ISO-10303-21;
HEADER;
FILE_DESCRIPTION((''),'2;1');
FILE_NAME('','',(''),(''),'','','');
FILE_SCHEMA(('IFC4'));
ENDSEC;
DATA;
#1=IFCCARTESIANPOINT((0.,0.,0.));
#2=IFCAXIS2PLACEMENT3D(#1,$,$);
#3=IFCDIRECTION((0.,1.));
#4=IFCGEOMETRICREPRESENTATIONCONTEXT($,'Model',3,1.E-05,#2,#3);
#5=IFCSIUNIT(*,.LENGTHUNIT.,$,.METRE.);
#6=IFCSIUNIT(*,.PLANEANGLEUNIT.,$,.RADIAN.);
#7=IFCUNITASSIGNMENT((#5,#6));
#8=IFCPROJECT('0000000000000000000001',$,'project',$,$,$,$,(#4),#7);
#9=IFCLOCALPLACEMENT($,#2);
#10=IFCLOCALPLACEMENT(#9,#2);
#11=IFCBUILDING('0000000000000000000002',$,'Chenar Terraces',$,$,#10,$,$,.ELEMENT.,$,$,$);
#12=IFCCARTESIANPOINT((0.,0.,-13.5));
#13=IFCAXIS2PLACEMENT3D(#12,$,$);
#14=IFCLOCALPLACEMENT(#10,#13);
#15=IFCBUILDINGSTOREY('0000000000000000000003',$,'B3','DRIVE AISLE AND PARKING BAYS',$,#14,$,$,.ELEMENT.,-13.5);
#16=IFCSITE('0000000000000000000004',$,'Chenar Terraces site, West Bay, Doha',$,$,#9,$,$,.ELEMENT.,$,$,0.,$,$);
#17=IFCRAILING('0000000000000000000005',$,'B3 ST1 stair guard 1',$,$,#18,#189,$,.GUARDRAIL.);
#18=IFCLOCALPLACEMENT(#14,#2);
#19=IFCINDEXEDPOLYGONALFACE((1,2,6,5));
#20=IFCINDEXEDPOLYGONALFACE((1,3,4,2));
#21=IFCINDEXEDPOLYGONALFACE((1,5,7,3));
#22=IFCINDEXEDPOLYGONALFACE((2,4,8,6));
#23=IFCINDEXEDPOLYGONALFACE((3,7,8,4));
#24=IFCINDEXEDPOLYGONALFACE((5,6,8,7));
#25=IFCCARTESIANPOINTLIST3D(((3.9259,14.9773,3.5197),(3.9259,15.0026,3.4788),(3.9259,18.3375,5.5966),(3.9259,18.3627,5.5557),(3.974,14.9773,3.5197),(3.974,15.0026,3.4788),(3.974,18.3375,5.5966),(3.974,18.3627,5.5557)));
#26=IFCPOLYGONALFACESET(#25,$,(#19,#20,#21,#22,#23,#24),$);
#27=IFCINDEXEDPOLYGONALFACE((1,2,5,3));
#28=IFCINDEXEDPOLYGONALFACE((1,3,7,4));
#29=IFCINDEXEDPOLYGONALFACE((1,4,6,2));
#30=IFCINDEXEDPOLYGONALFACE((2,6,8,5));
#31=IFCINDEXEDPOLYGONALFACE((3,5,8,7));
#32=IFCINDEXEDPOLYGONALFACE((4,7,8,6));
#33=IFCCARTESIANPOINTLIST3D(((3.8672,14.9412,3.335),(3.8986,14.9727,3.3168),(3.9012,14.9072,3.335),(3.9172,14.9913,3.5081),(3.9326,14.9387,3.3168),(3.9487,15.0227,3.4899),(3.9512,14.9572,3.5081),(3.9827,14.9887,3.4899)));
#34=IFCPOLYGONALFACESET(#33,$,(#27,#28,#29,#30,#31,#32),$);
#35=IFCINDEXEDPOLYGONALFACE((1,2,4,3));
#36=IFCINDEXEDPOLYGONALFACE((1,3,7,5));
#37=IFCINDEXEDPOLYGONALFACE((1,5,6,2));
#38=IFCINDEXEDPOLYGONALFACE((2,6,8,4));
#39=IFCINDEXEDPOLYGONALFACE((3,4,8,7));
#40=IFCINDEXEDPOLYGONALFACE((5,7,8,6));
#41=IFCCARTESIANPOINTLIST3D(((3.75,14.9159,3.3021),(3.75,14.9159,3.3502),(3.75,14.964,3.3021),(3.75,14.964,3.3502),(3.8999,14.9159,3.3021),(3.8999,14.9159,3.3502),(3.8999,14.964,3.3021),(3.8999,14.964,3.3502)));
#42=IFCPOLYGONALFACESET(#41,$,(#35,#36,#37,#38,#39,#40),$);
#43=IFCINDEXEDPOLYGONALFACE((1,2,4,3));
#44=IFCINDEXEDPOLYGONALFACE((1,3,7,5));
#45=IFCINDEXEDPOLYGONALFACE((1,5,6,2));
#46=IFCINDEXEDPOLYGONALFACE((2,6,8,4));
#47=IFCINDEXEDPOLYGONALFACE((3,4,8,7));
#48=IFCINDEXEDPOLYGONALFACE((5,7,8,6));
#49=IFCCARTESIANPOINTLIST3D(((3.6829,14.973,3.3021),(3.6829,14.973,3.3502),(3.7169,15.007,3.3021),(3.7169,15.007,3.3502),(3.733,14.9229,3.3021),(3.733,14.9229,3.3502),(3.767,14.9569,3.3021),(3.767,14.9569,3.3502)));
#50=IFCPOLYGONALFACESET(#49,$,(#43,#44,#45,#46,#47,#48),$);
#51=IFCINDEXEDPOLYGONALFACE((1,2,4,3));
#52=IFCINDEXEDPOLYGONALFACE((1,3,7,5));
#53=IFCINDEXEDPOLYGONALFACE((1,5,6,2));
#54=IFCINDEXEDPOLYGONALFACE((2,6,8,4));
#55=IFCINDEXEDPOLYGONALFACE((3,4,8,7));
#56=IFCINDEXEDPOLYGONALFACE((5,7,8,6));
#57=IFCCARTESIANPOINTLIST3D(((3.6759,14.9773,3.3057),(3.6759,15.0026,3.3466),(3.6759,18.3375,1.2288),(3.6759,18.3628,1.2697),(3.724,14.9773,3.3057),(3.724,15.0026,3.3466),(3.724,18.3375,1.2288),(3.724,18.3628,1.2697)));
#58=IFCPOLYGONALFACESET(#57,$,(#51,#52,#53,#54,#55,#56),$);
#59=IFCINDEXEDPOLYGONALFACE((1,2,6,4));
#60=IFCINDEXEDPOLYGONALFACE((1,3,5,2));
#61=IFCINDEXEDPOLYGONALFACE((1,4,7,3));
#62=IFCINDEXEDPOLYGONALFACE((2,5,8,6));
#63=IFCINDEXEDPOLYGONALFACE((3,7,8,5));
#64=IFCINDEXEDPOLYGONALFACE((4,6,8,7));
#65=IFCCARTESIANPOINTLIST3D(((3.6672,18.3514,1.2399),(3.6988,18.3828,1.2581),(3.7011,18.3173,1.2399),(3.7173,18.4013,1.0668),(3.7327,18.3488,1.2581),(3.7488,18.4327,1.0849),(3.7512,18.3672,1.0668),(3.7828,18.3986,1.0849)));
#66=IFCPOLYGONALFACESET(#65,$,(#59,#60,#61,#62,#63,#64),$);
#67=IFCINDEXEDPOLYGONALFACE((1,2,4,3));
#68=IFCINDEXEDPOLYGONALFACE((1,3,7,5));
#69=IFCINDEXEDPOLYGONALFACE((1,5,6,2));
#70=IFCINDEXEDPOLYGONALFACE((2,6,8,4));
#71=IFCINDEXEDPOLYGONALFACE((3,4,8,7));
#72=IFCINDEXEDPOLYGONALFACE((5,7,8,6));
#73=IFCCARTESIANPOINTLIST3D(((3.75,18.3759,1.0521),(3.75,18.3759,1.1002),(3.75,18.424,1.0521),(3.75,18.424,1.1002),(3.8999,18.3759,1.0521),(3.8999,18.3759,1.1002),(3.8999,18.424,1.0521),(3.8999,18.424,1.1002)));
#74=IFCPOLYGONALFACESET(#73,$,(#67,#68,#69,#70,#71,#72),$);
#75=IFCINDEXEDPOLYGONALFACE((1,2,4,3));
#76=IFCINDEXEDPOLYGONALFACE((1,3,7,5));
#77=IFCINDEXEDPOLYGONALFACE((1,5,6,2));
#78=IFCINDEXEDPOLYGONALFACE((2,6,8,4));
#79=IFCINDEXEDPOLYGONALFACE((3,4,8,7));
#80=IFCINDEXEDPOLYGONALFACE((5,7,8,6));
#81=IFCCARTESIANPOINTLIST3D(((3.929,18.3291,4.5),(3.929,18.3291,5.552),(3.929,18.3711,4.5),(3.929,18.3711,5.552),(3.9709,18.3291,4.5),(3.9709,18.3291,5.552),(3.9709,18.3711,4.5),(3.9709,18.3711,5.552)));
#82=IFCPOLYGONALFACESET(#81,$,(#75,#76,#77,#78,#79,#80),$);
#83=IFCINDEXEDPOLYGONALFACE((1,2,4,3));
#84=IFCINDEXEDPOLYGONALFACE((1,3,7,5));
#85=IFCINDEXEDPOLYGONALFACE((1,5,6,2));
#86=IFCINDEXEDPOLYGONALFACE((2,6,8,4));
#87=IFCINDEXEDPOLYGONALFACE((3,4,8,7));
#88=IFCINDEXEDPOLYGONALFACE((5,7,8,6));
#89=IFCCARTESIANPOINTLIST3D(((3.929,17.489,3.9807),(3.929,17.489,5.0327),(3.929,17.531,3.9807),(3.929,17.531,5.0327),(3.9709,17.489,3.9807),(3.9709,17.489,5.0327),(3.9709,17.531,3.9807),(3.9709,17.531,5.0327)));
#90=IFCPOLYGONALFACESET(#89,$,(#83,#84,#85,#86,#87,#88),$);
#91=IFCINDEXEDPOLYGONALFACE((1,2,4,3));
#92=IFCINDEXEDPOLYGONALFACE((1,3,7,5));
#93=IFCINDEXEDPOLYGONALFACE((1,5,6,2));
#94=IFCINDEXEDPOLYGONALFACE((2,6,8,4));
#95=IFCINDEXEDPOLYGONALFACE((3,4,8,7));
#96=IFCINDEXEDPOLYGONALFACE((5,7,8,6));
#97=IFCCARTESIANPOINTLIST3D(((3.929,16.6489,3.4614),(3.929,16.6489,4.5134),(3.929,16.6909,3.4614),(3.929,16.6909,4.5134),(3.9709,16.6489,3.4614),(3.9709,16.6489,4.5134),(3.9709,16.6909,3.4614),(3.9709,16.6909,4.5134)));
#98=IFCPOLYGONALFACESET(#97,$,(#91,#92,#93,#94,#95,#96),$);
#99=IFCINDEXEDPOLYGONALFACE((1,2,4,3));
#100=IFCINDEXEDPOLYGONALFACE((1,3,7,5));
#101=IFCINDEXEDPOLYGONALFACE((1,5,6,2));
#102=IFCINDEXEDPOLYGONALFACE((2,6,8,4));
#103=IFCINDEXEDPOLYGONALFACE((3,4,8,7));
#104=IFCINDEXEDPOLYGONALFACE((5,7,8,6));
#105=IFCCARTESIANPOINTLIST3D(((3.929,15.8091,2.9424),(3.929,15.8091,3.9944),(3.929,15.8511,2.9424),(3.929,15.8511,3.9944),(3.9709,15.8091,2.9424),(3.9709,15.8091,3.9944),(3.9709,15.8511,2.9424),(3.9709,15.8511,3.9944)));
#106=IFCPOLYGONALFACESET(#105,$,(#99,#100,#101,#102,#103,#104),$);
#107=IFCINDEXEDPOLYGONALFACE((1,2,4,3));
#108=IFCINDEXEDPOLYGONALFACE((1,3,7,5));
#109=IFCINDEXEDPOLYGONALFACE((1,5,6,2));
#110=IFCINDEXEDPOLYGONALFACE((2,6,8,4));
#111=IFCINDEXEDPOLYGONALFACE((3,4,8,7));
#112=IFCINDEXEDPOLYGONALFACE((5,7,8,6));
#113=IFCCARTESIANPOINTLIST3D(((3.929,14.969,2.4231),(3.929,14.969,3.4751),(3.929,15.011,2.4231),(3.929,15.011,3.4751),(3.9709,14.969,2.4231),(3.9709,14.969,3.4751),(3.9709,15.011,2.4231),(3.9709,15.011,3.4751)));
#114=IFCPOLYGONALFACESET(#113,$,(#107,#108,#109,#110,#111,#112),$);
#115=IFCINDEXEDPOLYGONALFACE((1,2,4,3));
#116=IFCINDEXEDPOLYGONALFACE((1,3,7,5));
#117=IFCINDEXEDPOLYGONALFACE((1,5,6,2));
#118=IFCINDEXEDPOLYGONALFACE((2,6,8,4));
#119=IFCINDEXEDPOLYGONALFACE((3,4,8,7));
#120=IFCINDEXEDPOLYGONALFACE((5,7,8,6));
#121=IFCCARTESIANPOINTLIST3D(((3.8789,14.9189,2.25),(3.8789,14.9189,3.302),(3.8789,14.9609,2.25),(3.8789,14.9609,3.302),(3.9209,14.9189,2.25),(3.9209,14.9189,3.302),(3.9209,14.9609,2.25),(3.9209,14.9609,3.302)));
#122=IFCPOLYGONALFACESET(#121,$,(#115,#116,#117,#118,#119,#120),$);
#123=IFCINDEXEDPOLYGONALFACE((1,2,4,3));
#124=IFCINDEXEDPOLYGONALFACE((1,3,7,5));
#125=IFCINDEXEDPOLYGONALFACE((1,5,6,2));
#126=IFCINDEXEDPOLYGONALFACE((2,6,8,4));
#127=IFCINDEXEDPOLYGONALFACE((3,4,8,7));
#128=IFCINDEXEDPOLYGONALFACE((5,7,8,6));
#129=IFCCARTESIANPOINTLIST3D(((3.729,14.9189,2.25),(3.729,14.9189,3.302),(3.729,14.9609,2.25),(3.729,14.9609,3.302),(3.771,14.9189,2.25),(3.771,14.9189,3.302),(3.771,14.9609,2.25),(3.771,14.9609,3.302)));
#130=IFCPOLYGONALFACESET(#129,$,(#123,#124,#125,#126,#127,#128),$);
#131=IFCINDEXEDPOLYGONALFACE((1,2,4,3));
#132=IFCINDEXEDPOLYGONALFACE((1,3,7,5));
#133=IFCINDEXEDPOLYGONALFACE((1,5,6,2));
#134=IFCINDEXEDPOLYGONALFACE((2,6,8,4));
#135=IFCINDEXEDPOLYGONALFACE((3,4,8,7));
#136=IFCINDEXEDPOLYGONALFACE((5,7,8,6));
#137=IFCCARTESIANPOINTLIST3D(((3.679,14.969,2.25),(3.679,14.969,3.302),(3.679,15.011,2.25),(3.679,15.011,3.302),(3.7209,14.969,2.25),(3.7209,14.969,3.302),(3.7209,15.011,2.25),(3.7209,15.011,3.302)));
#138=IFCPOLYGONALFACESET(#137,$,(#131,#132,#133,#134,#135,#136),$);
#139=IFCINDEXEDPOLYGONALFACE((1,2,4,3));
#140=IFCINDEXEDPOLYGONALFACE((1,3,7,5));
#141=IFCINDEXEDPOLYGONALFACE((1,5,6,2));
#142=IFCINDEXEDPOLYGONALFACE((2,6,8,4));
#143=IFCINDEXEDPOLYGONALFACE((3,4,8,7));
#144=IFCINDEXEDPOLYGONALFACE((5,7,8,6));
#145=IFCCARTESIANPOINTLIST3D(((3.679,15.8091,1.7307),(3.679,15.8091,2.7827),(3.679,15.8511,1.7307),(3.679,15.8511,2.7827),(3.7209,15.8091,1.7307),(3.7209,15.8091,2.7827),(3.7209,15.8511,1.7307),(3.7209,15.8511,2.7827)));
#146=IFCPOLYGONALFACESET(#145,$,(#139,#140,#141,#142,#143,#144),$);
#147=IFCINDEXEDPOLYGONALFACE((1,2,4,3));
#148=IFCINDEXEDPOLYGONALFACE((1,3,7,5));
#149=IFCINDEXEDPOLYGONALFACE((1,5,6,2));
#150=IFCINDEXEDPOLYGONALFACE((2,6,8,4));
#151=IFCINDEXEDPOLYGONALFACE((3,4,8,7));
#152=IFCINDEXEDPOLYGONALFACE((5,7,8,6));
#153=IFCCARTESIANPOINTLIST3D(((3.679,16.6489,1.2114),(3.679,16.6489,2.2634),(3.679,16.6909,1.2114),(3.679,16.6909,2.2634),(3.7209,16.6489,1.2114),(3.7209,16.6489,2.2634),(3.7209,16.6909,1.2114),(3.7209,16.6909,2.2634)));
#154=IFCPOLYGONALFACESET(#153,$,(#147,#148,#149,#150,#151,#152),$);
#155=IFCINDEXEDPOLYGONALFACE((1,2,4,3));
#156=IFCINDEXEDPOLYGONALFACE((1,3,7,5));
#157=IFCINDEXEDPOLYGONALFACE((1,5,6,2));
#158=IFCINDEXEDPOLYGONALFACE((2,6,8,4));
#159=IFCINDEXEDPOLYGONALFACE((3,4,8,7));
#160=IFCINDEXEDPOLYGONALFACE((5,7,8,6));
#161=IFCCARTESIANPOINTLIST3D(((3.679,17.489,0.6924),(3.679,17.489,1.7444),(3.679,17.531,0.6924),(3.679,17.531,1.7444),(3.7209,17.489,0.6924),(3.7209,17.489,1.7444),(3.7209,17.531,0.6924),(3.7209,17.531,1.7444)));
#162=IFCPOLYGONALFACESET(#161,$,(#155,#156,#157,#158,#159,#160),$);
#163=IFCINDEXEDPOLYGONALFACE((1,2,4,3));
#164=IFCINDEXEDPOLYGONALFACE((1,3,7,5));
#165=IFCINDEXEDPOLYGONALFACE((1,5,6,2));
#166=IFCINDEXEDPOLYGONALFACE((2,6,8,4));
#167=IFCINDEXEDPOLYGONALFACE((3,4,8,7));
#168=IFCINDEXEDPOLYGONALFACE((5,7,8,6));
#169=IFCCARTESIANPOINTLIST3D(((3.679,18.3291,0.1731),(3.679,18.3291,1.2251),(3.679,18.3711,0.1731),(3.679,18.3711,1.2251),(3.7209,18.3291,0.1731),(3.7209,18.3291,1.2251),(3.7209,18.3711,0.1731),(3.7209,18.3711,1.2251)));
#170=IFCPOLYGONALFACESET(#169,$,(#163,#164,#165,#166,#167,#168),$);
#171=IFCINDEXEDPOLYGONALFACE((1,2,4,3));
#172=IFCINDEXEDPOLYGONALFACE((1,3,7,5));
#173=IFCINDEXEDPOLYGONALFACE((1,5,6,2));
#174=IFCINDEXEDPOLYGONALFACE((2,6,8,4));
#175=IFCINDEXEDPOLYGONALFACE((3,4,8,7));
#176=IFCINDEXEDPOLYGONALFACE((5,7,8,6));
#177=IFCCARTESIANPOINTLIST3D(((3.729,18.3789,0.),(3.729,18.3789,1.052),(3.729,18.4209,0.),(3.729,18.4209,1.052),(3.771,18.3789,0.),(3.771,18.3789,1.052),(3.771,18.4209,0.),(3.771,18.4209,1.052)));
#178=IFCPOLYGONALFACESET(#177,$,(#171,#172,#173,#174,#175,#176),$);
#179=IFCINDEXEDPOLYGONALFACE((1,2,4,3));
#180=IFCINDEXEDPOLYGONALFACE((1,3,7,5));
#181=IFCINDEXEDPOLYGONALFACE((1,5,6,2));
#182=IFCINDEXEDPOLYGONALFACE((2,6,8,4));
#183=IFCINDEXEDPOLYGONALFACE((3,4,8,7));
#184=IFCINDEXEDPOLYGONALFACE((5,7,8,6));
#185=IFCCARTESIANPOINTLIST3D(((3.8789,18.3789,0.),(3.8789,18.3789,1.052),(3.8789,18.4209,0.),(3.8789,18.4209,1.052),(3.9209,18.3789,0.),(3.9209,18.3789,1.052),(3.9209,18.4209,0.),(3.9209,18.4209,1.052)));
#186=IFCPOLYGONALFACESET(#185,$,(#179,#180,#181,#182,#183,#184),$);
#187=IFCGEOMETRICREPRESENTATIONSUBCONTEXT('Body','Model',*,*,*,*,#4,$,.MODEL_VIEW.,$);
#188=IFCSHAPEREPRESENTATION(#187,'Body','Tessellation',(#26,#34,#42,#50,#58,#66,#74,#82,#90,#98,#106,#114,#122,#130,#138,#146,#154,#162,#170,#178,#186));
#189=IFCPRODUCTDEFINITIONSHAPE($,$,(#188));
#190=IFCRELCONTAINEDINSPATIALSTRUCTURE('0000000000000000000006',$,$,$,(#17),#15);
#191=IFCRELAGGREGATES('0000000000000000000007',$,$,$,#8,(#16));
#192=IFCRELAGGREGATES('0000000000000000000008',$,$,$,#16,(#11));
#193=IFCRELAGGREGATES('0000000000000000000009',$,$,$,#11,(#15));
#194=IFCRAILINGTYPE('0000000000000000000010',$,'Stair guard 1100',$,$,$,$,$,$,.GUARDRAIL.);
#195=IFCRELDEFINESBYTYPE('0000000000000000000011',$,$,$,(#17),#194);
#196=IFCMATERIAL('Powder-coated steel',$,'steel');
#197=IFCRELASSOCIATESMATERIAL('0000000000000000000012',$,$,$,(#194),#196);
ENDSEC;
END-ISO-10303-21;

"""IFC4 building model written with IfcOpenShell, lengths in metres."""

from ifc_helpers import new_model, si_unit, direction, frame, origin, origin_2d, place, context, subcontext, project, spatial, rectangle, extrude, material, type_object, element, save


model = new_model("IFC4")

# Units and contexts
model_context = context("Model", 3, precision=1e-05, world=origin(), true_north=direction((0.0, 1.0)))
body_context = subcontext(model_context, "Body", "Model", "MODEL_VIEW")
ifc_project = project(units=[si_unit("LENGTHUNIT", "METRE"), si_unit("PLANEANGLEUNIT", "RADIAN")], contexts=[model_context])

# Site, building, storey
site_placement = place(None, origin())
site = spatial("IfcSite", under=ifc_project, at=site_placement, Name="Chenar Terraces site, West Bay, Doha", CompositionType="ELEMENT", RefElevation=0.0)
building_placement = place(site_placement, origin())
building = spatial("IfcBuilding", under=site, at=building_placement, Name="Chenar Terraces", CompositionType="ELEMENT")
storey_placement = place(building_placement, frame((0.0, 0.0, -13.5)))
storey = spatial("IfcBuildingStorey", under=building, at=storey_placement, Name="B3", Description="DRIVE AISLE AND PARKING BAYS", CompositionType="ELEMENT", Elevation=-13.5)

# Railing
ifc_material_1 = material(Name="Powder-coated steel", Category="steel")
railing_type_1 = type_object("IfcRailingType", Name="Stair guard 1100", PredefinedType="GUARDRAIL", material=ifc_material_1)
railing_1_placement = place(storey_placement, frame((3.95, 18.3501, 4.5)))
element("IfcRailing", 1, at=railing_1_placement, inside=storey, type_object=railing_type_1, Name="B3 ST1 stair guard 1", PredefinedType="GUARDRAIL", context=body_context, shape_type="SweptSolid", body=[
    extrude(rectangle(XDim=0.0481, YDim=0.0481, at=origin_2d()), frame((0.0, 0.0, 1.0762), z_axis=(0.0, -0.850623, -0.525776), x_axis=(1.0, 0.0, 0.0)), (0.0, 0.0, 1.0), 3.9502),
    extrude(rectangle(XDim=0.0481, YDim=0.0481, at=origin_2d()), frame((0.0, -3.3601, -1.001), z_axis=(-0.26763, -0.26763, -0.925607), x_axis=(0.707107, -0.707107, 0.0)), (0.0, 0.0, 1.0), 0.187),
    extrude(rectangle(XDim=0.0481, YDim=0.0481, at=origin_2d()), frame((-0.05, -3.4102, -1.1738), z_axis=(-1.0, 0.0, 0.0), x_axis=(0.0, -1.0, 0.0)), (0.0, 0.0, 1.0), 0.1499),
    extrude(rectangle(XDim=0.0481, YDim=0.0481, at=origin_2d()), frame((-0.2, -3.4102, -1.1738), z_axis=(-0.707107, 0.707107, 0.0), x_axis=(-0.707107, -0.707107, 0.0)), (0.0, 0.0, 1.0), 0.0708),
    extrude(rectangle(XDim=0.0481, YDim=0.0481, at=origin_2d()), frame((-0.25, -3.3601, -1.1738), z_axis=(0.0, 0.850623, -0.525776), x_axis=(-1.0, 0.0, 0.0)), (0.0, 0.0, 1.0), 3.9502),
    extrude(rectangle(XDim=0.0481, YDim=0.0481, at=origin_2d()), frame((-0.25, 0.0, -3.251), z_axis=(0.267723, 0.266417, -0.92593), x_axis=(-0.705376, 0.708834, 0.0)), (0.0, 0.0, 1.0), 0.187),
    extrude(rectangle(XDim=0.0481, YDim=0.0481, at=origin_2d()), frame((-0.2, 0.0498, -3.4238), z_axis=(1.0, 0.0, 0.0), x_axis=(0.0, 1.0, 0.0)), (0.0, 0.0, 1.0), 0.1499),
    extrude(rectangle(XDim=0.042, YDim=0.042, at=origin_2d()), origin(), (0.0, 0.0, 1.0), 1.052),
    extrude(rectangle(XDim=0.042, YDim=0.042, at=origin_2d()), frame((0.0, -0.8401, -0.5193)), (0.0, 0.0, 1.0), 1.052),
    extrude(rectangle(XDim=0.042, YDim=0.042, at=origin_2d()), frame((0.0, -1.6802, -1.0386)), (0.0, 0.0, 1.0), 1.052),
    extrude(rectangle(XDim=0.042, YDim=0.042, at=origin_2d()), frame((0.0, -2.52, -1.5576)), (0.0, 0.0, 1.0), 1.052),
    extrude(rectangle(XDim=0.042, YDim=0.042, at=origin_2d()), frame((0.0, -3.3601, -2.0769)), (0.0, 0.0, 1.0), 1.052),
    extrude(rectangle(XDim=0.042, YDim=0.042, at=origin_2d()), frame((-0.05, -3.4102, -2.25)), (0.0, 0.0, 1.0), 1.052),
    extrude(rectangle(XDim=0.042, YDim=0.042, at=origin_2d()), frame((-0.2, -3.4102, -2.25)), (0.0, 0.0, 1.0), 1.052),
    extrude(rectangle(XDim=0.042, YDim=0.042, at=origin_2d()), frame((-0.25, -3.3601, -2.25)), (0.0, 0.0, 1.0), 1.052),
    extrude(rectangle(XDim=0.042, YDim=0.042, at=origin_2d()), frame((-0.25, -2.52, -2.7693)), (0.0, 0.0, 1.0), 1.052),
    extrude(rectangle(XDim=0.042, YDim=0.042, at=origin_2d()), frame((-0.25, -1.6802, -3.2886)), (0.0, 0.0, 1.0), 1.052),
    extrude(rectangle(XDim=0.042, YDim=0.042, at=origin_2d()), frame((-0.25, -0.8401, -3.8076)), (0.0, 0.0, 1.0), 1.052),
    extrude(rectangle(XDim=0.042, YDim=0.042, at=origin_2d()), frame((-0.25, 0.0, -4.3269)), (0.0, 0.0, 1.0), 1.052),
    extrude(rectangle(XDim=0.042, YDim=0.042, at=origin_2d()), frame((-0.2, 0.0498, -4.5)), (0.0, 0.0, 1.0), 1.052),
    extrude(rectangle(XDim=0.042, YDim=0.042, at=origin_2d()), frame((-0.05, 0.0498, -4.5)), (0.0, 0.0, 1.0), 1.052),
])

save(model, "model.ifc")
